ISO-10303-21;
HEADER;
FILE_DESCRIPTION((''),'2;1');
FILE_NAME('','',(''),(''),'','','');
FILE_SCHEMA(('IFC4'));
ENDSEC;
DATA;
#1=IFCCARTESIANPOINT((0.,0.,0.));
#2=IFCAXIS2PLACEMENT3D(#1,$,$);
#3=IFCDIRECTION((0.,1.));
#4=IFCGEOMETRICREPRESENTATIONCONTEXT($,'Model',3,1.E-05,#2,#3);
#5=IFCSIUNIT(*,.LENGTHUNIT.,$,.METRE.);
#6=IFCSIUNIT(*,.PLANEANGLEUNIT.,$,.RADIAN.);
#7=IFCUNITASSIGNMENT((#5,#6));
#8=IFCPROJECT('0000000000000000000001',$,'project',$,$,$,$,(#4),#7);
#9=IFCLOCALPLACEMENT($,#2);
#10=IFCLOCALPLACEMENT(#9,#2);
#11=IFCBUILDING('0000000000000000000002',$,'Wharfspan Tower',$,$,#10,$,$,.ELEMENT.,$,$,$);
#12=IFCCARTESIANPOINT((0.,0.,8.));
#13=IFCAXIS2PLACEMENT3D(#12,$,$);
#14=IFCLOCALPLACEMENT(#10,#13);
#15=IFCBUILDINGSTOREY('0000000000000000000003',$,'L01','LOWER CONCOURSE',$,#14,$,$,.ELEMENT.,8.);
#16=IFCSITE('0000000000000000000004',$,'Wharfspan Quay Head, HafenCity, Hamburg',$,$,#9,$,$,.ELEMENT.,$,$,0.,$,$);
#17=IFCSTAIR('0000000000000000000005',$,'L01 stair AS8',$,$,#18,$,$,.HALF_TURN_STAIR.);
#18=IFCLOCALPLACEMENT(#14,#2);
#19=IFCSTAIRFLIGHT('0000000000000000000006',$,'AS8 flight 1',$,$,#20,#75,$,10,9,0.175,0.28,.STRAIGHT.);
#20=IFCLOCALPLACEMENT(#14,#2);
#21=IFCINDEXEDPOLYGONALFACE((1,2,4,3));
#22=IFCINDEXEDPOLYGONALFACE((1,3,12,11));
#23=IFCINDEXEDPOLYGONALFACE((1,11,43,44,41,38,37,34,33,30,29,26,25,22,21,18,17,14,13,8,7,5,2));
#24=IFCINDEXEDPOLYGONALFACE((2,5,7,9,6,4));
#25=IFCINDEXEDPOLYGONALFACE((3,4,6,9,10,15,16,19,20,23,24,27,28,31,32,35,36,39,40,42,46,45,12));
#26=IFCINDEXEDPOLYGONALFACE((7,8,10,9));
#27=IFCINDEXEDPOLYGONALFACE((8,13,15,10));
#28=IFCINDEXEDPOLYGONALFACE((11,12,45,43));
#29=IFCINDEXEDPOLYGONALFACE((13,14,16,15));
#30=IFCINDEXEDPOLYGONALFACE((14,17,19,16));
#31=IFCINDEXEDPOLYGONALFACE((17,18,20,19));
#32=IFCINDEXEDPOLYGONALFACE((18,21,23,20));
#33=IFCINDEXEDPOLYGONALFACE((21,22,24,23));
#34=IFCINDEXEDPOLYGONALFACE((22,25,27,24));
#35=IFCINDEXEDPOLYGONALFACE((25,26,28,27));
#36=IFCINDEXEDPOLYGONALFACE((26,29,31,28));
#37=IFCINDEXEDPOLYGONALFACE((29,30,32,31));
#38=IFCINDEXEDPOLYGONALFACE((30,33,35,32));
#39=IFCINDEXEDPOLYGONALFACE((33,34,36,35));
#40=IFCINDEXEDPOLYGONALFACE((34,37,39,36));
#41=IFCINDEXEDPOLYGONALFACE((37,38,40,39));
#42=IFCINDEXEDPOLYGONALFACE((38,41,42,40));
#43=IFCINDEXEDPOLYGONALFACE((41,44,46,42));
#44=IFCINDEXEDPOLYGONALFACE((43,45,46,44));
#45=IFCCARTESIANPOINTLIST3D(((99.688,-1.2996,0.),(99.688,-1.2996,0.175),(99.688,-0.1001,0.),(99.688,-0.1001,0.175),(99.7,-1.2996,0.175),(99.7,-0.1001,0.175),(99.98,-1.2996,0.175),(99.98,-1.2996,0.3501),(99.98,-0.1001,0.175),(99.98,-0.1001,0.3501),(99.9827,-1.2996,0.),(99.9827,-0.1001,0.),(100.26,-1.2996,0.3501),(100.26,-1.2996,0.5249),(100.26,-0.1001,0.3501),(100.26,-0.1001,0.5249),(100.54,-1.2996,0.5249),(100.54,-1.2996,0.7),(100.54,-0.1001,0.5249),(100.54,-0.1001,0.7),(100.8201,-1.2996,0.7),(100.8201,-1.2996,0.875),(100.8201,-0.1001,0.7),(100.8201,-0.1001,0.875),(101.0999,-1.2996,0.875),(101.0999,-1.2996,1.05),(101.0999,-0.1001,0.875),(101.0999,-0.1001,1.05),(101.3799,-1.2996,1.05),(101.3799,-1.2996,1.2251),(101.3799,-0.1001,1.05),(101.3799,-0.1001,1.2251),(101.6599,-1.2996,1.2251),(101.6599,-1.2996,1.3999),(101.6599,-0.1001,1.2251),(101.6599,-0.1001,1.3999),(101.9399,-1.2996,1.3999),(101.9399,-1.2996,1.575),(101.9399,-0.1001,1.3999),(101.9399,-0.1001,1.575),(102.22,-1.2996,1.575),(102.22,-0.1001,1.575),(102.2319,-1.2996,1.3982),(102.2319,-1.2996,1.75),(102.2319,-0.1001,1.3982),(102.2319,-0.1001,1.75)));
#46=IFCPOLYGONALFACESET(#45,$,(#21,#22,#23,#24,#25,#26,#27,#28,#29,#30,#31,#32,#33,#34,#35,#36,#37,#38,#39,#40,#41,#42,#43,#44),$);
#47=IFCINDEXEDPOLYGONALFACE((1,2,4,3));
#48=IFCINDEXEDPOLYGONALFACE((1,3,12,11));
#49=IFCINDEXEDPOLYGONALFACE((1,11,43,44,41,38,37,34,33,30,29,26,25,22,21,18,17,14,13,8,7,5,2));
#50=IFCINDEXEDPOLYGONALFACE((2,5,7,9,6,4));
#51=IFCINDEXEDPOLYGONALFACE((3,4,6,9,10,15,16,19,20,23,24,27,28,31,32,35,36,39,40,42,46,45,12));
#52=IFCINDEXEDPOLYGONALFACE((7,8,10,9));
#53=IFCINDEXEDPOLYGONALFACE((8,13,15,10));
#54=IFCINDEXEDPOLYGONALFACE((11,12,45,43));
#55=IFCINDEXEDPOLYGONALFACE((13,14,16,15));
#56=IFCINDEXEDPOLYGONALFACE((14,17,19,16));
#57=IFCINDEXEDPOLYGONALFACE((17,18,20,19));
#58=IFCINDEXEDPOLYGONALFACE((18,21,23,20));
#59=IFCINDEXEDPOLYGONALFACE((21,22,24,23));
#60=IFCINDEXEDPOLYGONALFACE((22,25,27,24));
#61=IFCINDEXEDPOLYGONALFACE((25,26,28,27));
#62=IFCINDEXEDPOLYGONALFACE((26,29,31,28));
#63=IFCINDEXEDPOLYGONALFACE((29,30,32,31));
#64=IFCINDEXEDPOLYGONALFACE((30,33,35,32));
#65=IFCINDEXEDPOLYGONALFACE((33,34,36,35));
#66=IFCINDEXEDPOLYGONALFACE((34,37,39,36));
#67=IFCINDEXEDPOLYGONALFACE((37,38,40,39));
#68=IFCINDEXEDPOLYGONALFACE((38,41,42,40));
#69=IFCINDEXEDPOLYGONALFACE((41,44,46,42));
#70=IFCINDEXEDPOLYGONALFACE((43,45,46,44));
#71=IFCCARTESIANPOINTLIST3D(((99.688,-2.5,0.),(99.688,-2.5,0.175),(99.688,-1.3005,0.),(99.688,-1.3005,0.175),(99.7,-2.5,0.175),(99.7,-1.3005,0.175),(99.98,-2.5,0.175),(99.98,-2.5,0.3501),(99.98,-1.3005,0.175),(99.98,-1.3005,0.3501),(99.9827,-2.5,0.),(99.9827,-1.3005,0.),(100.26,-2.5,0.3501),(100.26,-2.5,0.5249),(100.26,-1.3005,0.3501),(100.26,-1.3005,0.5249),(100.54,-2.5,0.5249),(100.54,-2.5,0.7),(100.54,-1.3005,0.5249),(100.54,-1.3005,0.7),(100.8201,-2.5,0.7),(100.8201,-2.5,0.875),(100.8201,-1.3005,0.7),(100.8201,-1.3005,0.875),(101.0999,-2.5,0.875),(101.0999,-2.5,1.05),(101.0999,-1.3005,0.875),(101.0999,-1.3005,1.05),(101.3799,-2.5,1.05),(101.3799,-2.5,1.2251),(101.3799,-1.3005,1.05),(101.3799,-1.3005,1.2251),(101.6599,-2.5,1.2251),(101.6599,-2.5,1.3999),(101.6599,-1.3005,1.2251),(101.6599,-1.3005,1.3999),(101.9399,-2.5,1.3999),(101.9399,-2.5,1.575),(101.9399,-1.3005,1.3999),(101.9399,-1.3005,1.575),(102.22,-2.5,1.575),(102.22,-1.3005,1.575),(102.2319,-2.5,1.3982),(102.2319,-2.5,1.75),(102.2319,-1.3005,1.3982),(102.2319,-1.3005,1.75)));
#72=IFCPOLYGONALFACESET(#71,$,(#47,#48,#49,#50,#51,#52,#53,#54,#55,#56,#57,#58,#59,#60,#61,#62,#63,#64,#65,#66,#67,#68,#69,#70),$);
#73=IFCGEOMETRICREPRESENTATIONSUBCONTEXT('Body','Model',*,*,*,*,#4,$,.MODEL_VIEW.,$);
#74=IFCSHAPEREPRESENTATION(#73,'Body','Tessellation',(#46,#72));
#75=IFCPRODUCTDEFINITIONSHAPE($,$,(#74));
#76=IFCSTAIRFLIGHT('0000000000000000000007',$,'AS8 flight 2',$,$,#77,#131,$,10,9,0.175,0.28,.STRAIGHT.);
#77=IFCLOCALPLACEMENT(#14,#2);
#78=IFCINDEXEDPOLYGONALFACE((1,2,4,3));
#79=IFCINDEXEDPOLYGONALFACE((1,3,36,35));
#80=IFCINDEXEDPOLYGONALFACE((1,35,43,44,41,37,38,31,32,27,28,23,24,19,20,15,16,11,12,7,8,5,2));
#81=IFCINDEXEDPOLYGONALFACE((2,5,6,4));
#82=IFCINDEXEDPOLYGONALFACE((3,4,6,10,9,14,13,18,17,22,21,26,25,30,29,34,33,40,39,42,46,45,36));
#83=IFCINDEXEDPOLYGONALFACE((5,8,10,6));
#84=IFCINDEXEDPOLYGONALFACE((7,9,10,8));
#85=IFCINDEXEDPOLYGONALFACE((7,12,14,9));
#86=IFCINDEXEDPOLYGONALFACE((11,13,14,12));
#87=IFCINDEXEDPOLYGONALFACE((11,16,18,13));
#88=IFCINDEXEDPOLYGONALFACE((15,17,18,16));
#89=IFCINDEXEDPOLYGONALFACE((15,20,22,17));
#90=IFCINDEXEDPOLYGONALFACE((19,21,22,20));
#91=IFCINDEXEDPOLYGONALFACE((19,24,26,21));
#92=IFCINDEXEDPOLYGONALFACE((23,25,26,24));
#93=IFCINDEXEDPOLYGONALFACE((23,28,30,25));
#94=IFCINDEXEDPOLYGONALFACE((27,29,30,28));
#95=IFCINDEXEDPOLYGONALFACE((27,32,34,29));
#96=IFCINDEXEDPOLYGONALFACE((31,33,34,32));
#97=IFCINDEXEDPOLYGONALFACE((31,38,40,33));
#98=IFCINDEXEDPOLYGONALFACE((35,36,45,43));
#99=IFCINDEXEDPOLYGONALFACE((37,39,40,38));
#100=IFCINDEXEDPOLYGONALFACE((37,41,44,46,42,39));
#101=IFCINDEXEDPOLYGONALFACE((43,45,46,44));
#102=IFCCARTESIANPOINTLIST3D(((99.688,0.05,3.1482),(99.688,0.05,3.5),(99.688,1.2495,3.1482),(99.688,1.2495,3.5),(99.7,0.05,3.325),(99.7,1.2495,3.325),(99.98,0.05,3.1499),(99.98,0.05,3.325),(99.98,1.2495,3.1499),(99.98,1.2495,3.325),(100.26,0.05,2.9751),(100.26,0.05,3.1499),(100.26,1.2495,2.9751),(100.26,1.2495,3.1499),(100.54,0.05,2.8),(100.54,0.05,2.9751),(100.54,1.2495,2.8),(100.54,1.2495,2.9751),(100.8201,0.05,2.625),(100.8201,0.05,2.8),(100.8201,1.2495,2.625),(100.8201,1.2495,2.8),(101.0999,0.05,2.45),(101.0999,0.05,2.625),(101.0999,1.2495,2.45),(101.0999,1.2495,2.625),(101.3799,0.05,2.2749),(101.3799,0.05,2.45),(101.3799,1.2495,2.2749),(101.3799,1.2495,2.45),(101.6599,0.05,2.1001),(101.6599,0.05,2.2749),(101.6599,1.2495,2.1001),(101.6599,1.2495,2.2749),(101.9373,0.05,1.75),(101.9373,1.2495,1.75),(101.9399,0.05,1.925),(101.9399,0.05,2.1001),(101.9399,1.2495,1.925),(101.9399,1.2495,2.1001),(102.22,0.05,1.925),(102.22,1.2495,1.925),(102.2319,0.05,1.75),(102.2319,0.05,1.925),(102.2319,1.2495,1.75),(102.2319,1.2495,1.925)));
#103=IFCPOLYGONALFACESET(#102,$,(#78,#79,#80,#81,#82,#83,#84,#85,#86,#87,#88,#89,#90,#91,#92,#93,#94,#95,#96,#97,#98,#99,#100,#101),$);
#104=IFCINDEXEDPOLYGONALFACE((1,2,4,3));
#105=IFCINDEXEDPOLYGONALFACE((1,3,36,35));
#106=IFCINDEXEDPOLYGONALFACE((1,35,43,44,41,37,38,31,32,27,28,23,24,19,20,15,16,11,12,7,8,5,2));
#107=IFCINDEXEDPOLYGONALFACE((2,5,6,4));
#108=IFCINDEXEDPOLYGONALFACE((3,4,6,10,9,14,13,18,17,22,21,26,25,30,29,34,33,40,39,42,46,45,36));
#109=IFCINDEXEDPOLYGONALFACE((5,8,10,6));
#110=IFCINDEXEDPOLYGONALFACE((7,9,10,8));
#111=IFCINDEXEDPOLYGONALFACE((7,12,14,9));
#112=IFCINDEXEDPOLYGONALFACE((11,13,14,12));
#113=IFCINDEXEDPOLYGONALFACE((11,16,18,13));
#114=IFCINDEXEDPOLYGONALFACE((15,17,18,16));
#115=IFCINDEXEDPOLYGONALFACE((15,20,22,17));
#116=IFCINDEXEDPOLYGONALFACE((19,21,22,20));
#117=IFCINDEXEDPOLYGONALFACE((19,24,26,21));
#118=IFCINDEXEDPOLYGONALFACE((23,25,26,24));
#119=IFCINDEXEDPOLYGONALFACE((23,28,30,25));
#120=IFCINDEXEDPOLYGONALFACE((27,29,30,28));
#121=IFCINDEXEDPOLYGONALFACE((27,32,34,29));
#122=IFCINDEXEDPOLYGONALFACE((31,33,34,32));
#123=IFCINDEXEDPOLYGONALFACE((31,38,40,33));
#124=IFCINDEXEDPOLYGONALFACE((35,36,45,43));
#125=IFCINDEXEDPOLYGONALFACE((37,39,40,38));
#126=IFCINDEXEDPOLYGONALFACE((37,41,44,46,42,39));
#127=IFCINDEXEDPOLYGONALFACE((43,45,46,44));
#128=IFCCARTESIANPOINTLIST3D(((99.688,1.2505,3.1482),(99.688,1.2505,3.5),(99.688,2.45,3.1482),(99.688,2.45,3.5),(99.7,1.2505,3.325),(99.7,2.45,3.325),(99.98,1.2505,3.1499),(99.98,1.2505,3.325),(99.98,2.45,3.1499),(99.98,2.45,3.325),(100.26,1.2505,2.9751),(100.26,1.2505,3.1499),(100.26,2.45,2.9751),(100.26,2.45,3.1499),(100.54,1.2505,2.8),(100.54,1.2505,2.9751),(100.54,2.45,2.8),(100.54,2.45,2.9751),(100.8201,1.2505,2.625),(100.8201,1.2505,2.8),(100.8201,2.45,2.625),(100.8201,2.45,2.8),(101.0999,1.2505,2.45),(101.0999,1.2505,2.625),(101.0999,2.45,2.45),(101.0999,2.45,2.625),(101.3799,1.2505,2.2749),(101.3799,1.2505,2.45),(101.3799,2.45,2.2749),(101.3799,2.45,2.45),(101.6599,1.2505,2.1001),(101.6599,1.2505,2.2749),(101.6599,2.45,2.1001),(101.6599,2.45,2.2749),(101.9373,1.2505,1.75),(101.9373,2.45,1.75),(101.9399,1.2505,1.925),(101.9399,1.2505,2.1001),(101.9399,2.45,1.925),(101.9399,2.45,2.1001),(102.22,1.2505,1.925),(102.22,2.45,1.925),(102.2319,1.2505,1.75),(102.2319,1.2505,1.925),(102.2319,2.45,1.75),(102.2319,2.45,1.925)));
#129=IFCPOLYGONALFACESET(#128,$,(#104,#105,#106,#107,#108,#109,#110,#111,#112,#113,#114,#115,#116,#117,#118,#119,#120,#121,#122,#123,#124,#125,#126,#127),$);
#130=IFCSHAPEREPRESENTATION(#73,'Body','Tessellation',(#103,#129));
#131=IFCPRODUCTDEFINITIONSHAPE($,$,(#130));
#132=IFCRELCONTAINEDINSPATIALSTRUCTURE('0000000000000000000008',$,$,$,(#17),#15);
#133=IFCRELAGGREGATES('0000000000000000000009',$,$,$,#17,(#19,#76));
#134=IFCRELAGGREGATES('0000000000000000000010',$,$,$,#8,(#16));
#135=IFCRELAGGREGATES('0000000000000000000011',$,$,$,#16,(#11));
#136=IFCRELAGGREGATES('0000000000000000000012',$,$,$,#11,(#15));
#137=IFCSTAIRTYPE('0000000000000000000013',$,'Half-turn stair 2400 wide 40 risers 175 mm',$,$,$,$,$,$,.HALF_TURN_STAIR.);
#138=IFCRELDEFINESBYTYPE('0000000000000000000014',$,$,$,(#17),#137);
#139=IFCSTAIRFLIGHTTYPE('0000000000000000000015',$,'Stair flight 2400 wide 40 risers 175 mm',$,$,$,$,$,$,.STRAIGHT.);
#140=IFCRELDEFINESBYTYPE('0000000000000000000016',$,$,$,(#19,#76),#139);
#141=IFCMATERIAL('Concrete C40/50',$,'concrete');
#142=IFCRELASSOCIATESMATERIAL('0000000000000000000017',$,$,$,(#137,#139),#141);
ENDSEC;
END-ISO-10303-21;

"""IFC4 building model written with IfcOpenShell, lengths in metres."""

from ifc_helpers import new_model, si_unit, direction, frame, origin, place, context, subcontext, project, spatial, polyline, outline, extrude, material, type_object, element, aggregate, save


model = new_model("IFC4")

# Units and contexts
model_context = context("Model", 3, precision=1e-05, world=origin(), true_north=direction((0.0, 1.0)))
body_context = subcontext(model_context, "Body", "Model", "MODEL_VIEW")
ifc_project = project(units=[si_unit("LENGTHUNIT", "METRE"), si_unit("PLANEANGLEUNIT", "RADIAN")], contexts=[model_context])

# Site, building, storey
site_placement = place(None, origin())
site = spatial("IfcSite", under=ifc_project, at=site_placement, Name="Wharfspan Quay Head, HafenCity, Hamburg", CompositionType="ELEMENT", RefElevation=0.0)
building_placement = place(site_placement, origin())
building = spatial("IfcBuilding", under=site, at=building_placement, Name="Wharfspan Tower", CompositionType="ELEMENT")
storey_placement = place(building_placement, frame((0.0, 0.0, 8.0)))
storey = spatial("IfcBuildingStorey", under=building, at=storey_placement, Name="L01", Description="LOWER CONCOURSE", CompositionType="ELEMENT", Elevation=8.0)

# Shared definitions
ifc_material_1 = material(Name="Concrete C40/50", Category="concrete")

# Stair, stair flights
stair_type = type_object("IfcStairType", Name="Half-turn stair 2400 wide 40 risers 175 mm", PredefinedType="HALF_TURN_STAIR", material=ifc_material_1)
stair_placement = place(storey_placement, origin())
stair = element("IfcStair", 1, at=stair_placement, inside=storey, type_object=stair_type, Name="L01 stair AS8", PredefinedType="HALF_TURN_STAIR")
stair_flight_type = type_object("IfcStairFlightType", Name="Stair flight 2400 wide 40 risers 175 mm", PredefinedType="STRAIGHT", material=ifc_material_1)
stair_flight_1_placement = place(storey_placement, frame((99.7, -1.3, 0.0), z_axis=(0.0, 0.0, 1.0), x_axis=(1.0, 0.0, 0.0)))
stair_flight_1 = element("IfcStairFlight", 2, at=stair_flight_1_placement, type_object=stair_flight_type, Name="AS8 flight 1", NumberOfRisers=10, NumberOfTreads=9, PredefinedType="STRAIGHT", RiserHeight=0.175, TreadLength=0.28, context=body_context, shape_type="SweptSolid", body=[
    extrude(outline(polyline([(-0.012, 0.0), (-0.012, 0.175), (0.0, 0.175), (0.28, 0.175), (0.28, 0.3501), (0.5601, 0.3501), (0.5601, 0.5249), (0.8401, 0.5249), (0.8401, 0.7), (1.1201, 0.7), (1.1201, 0.875), (1.3999, 0.875), (1.3999, 1.05), (1.6799, 1.05), (1.6799, 1.2251), (1.96, 1.2251), (1.96, 1.3999), (2.24, 1.3999), (2.24, 1.575), (2.52, 1.575), (2.532, 1.75), (2.532, 1.3982), (0.2827, 0.0), (-0.012, 0.0)])), frame((0.0, 1.2, 0.0), z_axis=(0.0, -1.0, 0.0), x_axis=(1.0, 0.0, 0.0)), (0.0, 0.0, 1.0), 1.1995),
    extrude(outline(polyline([(-0.012, 0.0), (-0.012, 0.175), (0.0, 0.175), (0.28, 0.175), (0.28, 0.3501), (0.5601, 0.3501), (0.5601, 0.5249), (0.8401, 0.5249), (0.8401, 0.7), (1.1201, 0.7), (1.1201, 0.875), (1.3999, 0.875), (1.3999, 1.05), (1.6799, 1.05), (1.6799, 1.2251), (1.96, 1.2251), (1.96, 1.3999), (2.24, 1.3999), (2.24, 1.575), (2.52, 1.575), (2.532, 1.75), (2.532, 1.3982), (0.2827, 0.0), (-0.012, 0.0)])), frame((0.0, -0.0005, 0.0), z_axis=(0.0, -1.0, 0.0), x_axis=(1.0, 0.0, 0.0)), (0.0, 0.0, 1.0), 1.1995),
])
stair_flight_2_placement = place(storey_placement, frame((102.22, 1.25, 1.75), z_axis=(0.0, 0.0, 1.0), x_axis=(-1.0, 0.0, 0.0)))
stair_flight_2 = element("IfcStairFlight", 3, at=stair_flight_2_placement, type_object=stair_flight_type, Name="AS8 flight 2", NumberOfRisers=10, NumberOfTreads=9, PredefinedType="STRAIGHT", RiserHeight=0.175, TreadLength=0.28, context=body_context, shape_type="SweptSolid", body=[
    extrude(outline(polyline([(-0.012, 0.0), (-0.012, 0.175), (0.0, 0.175), (0.28, 0.175), (0.28, 0.3501), (0.5601, 0.3501), (0.5601, 0.5249), (0.8401, 0.5249), (0.8401, 0.7), (1.1201, 0.7), (1.1201, 0.875), (1.3999, 0.875), (1.3999, 1.05), (1.6799, 1.05), (1.6799, 1.2251), (1.96, 1.2251), (1.96, 1.3999), (2.24, 1.3999), (2.24, 1.575), (2.52, 1.575), (2.532, 1.75), (2.532, 1.3982), (0.2827, 0.0), (-0.012, 0.0)])), frame((0.0, 1.2, 0.0), z_axis=(0.0, -1.0, 0.0), x_axis=(1.0, 0.0, 0.0)), (0.0, 0.0, 1.0), 1.1995),
    extrude(outline(polyline([(-0.012, 0.0), (-0.012, 0.175), (0.0, 0.175), (0.28, 0.175), (0.28, 0.3501), (0.5601, 0.3501), (0.5601, 0.5249), (0.8401, 0.5249), (0.8401, 0.7), (1.1201, 0.7), (1.1201, 0.875), (1.3999, 0.875), (1.3999, 1.05), (1.6799, 1.05), (1.6799, 1.2251), (1.96, 1.2251), (1.96, 1.3999), (2.24, 1.3999), (2.24, 1.575), (2.52, 1.575), (2.532, 1.75), (2.532, 1.3982), (0.2827, 0.0), (-0.012, 0.0)])), frame((0.0, -0.0005, 0.0), z_axis=(0.0, -1.0, 0.0), x_axis=(1.0, 0.0, 0.0)), (0.0, 0.0, 1.0), 1.1995),
])
aggregate(stair, [stair_flight_1, stair_flight_2])

save(model, "model.ifc")
